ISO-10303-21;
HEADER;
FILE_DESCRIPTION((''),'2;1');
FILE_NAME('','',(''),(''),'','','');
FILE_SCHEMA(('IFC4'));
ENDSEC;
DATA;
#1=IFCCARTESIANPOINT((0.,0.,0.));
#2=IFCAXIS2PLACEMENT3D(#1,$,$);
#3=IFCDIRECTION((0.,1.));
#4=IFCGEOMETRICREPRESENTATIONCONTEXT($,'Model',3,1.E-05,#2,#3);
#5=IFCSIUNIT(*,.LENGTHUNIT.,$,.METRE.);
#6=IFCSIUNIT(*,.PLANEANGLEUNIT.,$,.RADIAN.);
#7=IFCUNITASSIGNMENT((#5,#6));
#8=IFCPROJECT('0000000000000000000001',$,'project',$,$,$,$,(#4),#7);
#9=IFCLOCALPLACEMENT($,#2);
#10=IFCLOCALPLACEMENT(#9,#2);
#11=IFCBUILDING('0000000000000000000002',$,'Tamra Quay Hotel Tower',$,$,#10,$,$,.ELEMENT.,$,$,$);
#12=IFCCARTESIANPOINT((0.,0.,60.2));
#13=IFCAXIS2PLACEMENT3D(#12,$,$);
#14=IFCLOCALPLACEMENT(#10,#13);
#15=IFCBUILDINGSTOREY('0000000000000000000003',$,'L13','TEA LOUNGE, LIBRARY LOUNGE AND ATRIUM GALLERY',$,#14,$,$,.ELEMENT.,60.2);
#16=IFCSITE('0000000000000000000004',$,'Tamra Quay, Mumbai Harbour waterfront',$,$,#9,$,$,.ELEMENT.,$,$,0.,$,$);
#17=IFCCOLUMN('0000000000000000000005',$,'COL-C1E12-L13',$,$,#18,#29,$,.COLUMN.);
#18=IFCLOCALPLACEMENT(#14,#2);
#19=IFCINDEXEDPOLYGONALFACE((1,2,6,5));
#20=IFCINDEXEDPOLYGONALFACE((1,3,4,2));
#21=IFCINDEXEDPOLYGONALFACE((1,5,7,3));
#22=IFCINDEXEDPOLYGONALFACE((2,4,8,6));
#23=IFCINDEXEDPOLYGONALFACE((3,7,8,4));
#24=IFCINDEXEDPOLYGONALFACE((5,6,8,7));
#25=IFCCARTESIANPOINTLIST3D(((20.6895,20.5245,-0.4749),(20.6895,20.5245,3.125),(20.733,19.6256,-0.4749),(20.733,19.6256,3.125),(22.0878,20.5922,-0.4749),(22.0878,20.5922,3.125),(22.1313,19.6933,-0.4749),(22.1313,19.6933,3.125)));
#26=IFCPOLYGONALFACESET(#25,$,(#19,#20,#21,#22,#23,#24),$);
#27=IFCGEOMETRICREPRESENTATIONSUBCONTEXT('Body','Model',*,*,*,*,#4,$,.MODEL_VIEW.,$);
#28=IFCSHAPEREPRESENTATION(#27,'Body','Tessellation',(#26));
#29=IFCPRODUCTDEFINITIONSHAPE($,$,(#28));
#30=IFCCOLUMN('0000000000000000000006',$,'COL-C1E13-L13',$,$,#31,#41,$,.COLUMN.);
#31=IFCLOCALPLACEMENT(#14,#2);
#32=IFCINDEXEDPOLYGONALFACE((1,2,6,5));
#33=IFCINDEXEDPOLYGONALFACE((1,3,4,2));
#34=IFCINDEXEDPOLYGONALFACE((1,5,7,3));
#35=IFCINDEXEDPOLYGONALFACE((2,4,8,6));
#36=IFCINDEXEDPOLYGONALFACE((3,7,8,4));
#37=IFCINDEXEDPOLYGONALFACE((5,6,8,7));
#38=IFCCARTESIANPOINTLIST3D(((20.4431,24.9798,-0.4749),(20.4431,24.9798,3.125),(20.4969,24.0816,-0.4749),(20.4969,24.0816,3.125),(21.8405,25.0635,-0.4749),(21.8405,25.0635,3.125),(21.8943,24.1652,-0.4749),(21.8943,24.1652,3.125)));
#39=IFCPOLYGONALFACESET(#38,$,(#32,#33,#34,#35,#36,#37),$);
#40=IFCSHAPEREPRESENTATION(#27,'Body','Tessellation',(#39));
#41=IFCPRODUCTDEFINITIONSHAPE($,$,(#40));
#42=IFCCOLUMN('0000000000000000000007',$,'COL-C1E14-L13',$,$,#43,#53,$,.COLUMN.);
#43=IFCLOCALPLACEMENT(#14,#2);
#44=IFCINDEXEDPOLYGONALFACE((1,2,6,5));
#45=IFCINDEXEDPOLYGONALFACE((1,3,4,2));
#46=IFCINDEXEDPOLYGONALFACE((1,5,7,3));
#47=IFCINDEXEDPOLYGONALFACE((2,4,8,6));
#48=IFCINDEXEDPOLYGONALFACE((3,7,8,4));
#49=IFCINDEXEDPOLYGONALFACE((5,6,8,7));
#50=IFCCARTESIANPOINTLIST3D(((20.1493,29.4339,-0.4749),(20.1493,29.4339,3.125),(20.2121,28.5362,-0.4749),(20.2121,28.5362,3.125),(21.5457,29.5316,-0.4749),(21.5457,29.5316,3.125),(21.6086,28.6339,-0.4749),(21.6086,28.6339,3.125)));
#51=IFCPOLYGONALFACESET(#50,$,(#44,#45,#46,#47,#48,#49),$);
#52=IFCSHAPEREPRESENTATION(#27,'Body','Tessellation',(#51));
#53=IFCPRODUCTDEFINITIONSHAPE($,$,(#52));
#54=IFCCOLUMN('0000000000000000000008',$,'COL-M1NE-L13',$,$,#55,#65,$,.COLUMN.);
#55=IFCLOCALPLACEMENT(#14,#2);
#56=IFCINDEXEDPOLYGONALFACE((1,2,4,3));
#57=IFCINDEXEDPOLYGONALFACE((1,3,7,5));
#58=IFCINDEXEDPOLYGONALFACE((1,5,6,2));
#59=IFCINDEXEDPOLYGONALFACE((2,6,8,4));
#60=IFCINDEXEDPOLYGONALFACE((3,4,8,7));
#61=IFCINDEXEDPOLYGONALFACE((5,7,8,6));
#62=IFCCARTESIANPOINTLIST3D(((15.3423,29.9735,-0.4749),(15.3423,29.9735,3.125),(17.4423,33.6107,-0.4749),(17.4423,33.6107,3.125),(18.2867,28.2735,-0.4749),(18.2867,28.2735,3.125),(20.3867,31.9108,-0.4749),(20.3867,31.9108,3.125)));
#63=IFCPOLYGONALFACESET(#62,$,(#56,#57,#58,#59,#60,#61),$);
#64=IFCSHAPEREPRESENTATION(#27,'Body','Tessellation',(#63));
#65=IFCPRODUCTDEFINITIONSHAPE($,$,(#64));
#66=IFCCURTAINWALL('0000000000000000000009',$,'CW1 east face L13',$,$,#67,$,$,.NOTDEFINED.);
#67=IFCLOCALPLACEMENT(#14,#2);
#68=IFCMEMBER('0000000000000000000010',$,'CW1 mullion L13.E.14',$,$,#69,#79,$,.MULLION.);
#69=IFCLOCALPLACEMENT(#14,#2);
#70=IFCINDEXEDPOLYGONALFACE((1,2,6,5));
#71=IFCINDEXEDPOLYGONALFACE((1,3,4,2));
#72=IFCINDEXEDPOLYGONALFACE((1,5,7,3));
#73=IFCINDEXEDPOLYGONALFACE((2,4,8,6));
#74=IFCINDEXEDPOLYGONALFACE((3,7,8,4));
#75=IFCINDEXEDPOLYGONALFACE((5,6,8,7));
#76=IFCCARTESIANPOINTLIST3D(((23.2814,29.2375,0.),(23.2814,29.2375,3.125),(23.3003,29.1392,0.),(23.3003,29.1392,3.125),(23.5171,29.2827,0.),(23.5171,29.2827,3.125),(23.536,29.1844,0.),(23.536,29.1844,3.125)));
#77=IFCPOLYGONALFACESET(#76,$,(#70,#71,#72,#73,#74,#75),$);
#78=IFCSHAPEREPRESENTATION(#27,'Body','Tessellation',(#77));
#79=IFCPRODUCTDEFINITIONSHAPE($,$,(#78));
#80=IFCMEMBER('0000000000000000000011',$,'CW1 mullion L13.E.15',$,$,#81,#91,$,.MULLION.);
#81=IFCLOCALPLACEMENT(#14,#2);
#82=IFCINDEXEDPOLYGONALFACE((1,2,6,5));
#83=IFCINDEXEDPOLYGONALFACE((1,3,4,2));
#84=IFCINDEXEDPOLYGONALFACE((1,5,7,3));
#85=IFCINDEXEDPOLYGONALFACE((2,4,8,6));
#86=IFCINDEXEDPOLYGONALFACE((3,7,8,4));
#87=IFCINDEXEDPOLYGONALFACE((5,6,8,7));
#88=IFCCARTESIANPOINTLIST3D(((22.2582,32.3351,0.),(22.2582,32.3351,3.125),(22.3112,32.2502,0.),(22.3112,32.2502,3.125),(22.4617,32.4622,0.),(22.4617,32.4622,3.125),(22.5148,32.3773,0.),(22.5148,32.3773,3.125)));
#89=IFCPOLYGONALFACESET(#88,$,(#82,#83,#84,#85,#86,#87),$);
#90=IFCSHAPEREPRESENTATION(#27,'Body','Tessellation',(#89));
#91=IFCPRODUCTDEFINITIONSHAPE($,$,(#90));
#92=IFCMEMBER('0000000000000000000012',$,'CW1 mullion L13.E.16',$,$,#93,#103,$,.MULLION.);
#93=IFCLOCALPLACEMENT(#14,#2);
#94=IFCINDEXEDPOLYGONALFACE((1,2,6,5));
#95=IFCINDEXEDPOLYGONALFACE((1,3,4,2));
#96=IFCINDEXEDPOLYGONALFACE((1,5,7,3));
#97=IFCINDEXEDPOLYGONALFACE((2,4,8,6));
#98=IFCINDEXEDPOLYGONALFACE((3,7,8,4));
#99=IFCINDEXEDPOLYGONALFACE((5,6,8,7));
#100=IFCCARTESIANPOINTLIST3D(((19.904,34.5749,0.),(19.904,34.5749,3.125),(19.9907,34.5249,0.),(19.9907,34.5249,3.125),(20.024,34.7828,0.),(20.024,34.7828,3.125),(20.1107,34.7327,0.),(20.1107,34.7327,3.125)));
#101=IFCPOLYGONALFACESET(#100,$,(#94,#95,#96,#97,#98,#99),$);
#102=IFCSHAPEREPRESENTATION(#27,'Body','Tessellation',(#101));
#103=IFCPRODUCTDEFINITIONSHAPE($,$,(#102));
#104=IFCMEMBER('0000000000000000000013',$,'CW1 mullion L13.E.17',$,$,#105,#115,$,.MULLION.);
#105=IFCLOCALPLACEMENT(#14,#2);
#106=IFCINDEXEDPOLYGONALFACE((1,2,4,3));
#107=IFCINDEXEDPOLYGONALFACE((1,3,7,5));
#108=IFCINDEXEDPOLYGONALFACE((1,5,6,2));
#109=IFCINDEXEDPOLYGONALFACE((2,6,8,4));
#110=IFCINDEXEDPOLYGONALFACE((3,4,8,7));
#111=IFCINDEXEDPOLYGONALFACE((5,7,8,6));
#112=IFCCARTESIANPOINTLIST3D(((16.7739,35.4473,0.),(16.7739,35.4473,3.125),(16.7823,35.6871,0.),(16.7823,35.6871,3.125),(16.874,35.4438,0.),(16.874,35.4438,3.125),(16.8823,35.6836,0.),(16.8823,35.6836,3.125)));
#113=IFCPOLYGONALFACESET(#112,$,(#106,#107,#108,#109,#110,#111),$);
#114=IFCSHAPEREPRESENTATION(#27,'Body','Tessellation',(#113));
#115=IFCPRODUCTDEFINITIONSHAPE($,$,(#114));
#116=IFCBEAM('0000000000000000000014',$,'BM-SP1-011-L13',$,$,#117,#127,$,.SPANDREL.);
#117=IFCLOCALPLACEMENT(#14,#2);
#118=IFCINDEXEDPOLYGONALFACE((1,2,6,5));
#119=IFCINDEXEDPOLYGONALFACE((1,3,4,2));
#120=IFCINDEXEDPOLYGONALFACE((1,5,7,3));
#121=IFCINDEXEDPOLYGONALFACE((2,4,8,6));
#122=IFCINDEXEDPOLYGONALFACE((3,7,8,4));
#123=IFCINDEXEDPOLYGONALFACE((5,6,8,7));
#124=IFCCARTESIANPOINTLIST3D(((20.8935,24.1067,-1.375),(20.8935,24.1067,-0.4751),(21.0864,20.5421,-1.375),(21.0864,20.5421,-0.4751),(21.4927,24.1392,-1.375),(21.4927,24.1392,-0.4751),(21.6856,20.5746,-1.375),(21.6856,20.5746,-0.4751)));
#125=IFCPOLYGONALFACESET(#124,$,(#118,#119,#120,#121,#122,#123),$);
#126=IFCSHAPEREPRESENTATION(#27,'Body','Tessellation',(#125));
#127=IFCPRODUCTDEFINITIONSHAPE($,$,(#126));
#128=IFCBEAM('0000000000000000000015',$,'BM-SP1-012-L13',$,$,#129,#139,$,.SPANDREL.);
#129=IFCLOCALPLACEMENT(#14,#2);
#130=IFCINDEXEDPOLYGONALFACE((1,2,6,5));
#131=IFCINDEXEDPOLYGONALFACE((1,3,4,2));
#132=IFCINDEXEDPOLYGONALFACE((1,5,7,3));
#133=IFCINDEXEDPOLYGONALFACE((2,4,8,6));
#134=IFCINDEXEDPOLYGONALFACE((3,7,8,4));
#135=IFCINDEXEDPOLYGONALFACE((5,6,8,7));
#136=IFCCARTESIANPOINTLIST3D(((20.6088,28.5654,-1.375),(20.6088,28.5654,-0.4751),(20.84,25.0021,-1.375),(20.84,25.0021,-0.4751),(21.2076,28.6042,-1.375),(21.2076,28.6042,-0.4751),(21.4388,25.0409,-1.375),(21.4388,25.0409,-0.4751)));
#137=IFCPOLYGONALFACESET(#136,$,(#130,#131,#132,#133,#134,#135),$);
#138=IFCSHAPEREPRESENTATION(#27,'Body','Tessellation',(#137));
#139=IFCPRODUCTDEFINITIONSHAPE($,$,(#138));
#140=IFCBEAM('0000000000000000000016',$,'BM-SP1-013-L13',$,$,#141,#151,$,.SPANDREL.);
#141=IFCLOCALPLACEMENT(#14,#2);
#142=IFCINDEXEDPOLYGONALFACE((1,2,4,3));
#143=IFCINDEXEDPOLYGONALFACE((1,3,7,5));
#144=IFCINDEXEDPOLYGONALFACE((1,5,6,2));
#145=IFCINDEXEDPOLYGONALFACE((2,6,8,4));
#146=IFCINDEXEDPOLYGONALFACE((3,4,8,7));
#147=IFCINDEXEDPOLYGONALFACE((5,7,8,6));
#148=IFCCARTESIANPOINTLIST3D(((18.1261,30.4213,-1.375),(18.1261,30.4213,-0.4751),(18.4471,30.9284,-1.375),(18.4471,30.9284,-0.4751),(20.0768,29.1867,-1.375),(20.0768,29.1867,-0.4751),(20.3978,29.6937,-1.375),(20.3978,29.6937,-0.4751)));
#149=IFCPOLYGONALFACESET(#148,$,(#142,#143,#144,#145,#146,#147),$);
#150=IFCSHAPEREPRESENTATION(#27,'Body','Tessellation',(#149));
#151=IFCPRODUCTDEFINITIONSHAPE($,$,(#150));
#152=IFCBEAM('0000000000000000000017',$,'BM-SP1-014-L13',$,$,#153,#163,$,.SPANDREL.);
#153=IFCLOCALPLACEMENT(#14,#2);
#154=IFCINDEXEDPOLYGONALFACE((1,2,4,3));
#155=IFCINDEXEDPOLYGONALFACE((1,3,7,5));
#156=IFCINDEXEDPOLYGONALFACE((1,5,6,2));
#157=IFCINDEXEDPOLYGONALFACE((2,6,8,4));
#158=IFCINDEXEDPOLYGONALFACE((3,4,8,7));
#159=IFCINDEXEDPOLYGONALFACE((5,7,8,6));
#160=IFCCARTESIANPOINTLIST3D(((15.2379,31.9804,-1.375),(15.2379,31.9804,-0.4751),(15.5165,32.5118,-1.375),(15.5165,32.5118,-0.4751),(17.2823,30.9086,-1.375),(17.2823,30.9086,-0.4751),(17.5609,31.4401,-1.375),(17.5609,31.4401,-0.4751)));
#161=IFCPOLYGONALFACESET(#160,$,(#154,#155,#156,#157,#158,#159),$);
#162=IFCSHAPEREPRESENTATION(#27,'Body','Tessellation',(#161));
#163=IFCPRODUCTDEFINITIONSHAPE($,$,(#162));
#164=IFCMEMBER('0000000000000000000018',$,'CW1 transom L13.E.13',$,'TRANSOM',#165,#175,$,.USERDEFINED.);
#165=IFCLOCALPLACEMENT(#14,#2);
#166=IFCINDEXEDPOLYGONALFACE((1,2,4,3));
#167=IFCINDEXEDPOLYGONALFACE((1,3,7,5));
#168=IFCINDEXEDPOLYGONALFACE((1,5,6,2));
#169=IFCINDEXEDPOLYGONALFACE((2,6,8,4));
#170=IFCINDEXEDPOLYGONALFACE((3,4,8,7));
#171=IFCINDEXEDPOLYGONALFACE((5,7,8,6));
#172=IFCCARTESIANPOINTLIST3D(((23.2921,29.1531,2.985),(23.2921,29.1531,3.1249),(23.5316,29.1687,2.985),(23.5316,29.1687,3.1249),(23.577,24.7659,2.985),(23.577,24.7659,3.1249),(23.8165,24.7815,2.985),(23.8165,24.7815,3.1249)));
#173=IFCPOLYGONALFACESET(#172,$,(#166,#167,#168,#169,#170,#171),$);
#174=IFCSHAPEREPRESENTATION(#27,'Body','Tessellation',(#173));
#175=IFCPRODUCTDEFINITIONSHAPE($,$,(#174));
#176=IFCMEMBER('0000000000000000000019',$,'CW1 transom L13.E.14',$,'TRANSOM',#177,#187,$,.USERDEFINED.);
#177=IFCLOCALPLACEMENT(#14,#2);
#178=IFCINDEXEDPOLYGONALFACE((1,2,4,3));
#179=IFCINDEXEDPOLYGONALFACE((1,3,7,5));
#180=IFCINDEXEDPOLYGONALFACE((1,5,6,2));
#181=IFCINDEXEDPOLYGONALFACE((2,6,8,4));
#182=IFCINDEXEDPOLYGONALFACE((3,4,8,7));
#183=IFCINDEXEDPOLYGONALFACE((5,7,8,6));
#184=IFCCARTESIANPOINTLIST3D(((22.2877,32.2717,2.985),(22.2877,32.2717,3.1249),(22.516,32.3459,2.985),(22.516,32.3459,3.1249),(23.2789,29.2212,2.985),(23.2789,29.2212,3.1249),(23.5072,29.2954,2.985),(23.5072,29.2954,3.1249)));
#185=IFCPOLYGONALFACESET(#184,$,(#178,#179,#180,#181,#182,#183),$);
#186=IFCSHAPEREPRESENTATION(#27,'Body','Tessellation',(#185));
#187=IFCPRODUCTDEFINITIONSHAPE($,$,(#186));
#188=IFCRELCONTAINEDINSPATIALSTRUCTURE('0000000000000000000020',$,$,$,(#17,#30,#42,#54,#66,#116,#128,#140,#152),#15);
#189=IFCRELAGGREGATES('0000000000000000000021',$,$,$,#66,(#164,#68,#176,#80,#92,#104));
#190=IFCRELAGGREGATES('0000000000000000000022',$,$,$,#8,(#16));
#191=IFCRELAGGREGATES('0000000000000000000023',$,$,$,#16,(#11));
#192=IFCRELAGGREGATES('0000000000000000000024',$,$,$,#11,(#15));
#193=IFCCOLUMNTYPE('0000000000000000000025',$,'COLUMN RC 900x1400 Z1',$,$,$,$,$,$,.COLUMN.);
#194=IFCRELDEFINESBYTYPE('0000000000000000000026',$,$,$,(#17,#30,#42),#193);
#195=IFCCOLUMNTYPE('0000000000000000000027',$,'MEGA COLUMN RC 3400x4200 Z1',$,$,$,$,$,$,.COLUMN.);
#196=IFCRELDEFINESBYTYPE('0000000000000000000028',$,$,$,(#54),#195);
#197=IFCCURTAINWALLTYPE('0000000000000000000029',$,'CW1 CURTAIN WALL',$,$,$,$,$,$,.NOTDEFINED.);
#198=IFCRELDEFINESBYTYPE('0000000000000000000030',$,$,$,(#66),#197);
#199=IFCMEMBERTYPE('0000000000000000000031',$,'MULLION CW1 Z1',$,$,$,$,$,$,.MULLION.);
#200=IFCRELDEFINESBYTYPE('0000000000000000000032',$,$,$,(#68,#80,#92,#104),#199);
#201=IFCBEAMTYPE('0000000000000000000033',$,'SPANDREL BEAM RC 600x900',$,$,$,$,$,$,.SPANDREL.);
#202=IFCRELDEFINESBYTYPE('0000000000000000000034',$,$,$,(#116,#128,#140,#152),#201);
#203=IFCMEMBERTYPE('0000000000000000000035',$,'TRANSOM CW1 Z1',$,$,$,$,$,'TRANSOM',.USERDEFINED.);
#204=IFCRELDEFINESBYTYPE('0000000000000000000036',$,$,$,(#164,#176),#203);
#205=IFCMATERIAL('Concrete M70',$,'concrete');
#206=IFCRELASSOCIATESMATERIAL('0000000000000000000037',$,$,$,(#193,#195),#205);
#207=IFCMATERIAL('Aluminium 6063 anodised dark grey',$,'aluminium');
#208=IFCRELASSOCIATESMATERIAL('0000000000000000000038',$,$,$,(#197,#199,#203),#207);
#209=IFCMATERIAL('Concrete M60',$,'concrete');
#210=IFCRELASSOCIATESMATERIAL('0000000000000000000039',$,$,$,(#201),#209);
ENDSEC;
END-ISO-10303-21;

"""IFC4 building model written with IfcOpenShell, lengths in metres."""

from ifc_helpers import new_model, si_unit, direction, frame, origin, origin_2d, place, context, subcontext, project, spatial, rectangle, extrude, material, material_profile, profile_set, type_object, element, aggregate, save


model = new_model("IFC4")

# Units and contexts
model_context = context("Model", 3, precision=1e-05, world=origin(), true_north=direction((0.0, 1.0)))
body_context = subcontext(model_context, "Body", "Model", "MODEL_VIEW")
ifc_project = project(units=[si_unit("LENGTHUNIT", "METRE"), si_unit("PLANEANGLEUNIT", "RADIAN")], contexts=[model_context])

# Site, building, storey
site_placement = place(None, origin())
site = spatial("IfcSite", under=ifc_project, at=site_placement, Name="Tamra Quay, Mumbai Harbour waterfront", CompositionType="ELEMENT", RefElevation=0.0)
building_placement = place(site_placement, origin())
building = spatial("IfcBuilding", under=site, at=building_placement, Name="Tamra Quay Hotel Tower", CompositionType="ELEMENT")
storey_placement = place(building_placement, frame((0.0, 0.0, 60.2)))
storey = spatial("IfcBuildingStorey", under=building, at=storey_placement, Name="L13", Description="TEA LOUNGE, LIBRARY LOUNGE AND ATRIUM GALLERY", CompositionType="ELEMENT", Elevation=60.2)

# Columns
ifc_material_1 = material(Name="Concrete M70", Category="concrete")
ifc_material_profile_1 = material_profile(ifc_material_1, rectangle(XDim=1.3999, YDim=0.8999, at=origin_2d()), Name="COLUMN RC 900x1400 Z1")
ifc_profile_set_1 = profile_set([ifc_material_profile_1], Name="Concrete M70")
column_type_1 = type_object("IfcColumnType", Name="COLUMN RC 900x1400 Z1", PredefinedType="COLUMN", material=ifc_profile_set_1)
for number, where, z_axis, x_axis, name in (
    (1, (21.4104, 20.1089, -0.4749), (0.0, 0.0, 1.0), (0.998831, 0.048344, 0.0), "COL-C1E12-L13"),
    (2, (21.1687, 24.5725, -0.4749), (0.0, 0.0, 1.0), (0.998214, 0.059733, 0.0), "COL-C1E13-L13"),
    (3, (20.8789, 29.0339, -0.4749), (0.0, 0.0, 1.0), (0.997562, 0.06979, 0.0), "COL-C1E14-L13"),
):
    element("IfcColumn", number, at=place(storey_placement, frame(where, z_axis=z_axis, x_axis=x_axis)), inside=storey, type_object=column_type_1, Name=name, PredefinedType="COLUMN", context=body_context, shape_type="SweptSolid", body=[
        extrude(rectangle(XDim=1.3999, YDim=0.8999, at=origin_2d()), origin(), (0.0, 0.0, 1.0), 3.5999),
    ])
ifc_material_profile_2 = material_profile(ifc_material_1, rectangle(XDim=4.2, YDim=3.3999, at=origin_2d()), Name="MEGA COLUMN RC 3400x4200 Z1")
ifc_profile_set_2 = profile_set([ifc_material_profile_2], Name="Concrete M70")
column_type_2 = type_object("IfcColumnType", Name="MEGA COLUMN RC 3400x4200 Z1", PredefinedType="COLUMN", material=ifc_profile_set_2)
column_placement = place(storey_placement, frame((17.8645, 30.9421, -0.4749), z_axis=(0.0, 0.0, 1.0), x_axis=(0.5, 0.866025, 0.0)))
element("IfcColumn", 4, at=column_placement, inside=storey, type_object=column_type_2, Name="COL-M1NE-L13", PredefinedType="COLUMN", context=body_context, shape_type="SweptSolid", body=[
    extrude(rectangle(XDim=4.2, YDim=3.3999, at=origin_2d()), origin(), (0.0, 0.0, 1.0), 3.5999),
])

# Curtain wall, members
ifc_material_2 = material(Name="Aluminium 6063 anodised dark grey", Category="aluminium")
curtain_wall_type = type_object("IfcCurtainWallType", Name="CW1 CURTAIN WALL", PredefinedType="NOTDEFINED", material=ifc_material_2)
curtain_wall_placement = place(storey_placement, origin())
curtain_wall = element("IfcCurtainWall", 5, at=curtain_wall_placement, inside=storey, type_object=curtain_wall_type, Name="CW1 east face L13", PredefinedType="NOTDEFINED")
ifc_material_profile_3 = material_profile(ifc_material_2, rectangle(XDim=0.24, YDim=0.1001, at=origin_2d()), Name="MULLION 100X240")
ifc_profile_set_3 = profile_set([ifc_material_profile_3], Name="Aluminium 6063 anodised dark grey")
member_type_1 = type_object("IfcMemberType", Name="MULLION CW1 Z1", PredefinedType="MULLION", material=ifc_profile_set_3)
member_1_placement = place(storey_placement, frame((23.4087, 29.2109, 0.0), z_axis=(0.0, 0.0, 1.0), x_axis=(0.982095, 0.188389, 0.0)))
member_1 = element("IfcMember", 6, at=member_1_placement, type_object=member_type_1, Name="CW1 mullion L13.E.14", PredefinedType="MULLION", context=body_context, shape_type="SweptSolid", body=[
    extrude(rectangle(XDim=0.24, YDim=0.1001, at=origin_2d()), origin(), (0.0, 0.0, 1.0), 3.125),
])
member_2_placement = place(storey_placement, frame((22.3865, 32.3562, 0.0), z_axis=(0.0, 0.0, 1.0), x_axis=(0.848039, 0.529933, 0.0)))
member_2 = element("IfcMember", 7, at=member_2_placement, type_object=member_type_1, Name="CW1 mullion L13.E.15", PredefinedType="MULLION", context=body_context, shape_type="SweptSolid", body=[
    extrude(rectangle(XDim=0.24, YDim=0.1001, at=origin_2d()), origin(), (0.0, 0.0, 1.0), 3.125),
])
member_3_placement = place(storey_placement, frame((20.0073, 34.6538, 0.0), z_axis=(0.0, 0.0, 1.0), x_axis=(0.5, 0.866025, 0.0)))
member_3 = element("IfcMember", 8, at=member_3_placement, type_object=member_type_1, Name="CW1 mullion L13.E.16", PredefinedType="MULLION", context=body_context, shape_type="SweptSolid", body=[
    extrude(rectangle(XDim=0.24, YDim=0.1001, at=origin_2d()), origin(), (0.0, 0.0, 1.0), 3.125),
])
member_4_placement = place(storey_placement, frame((16.8281, 35.5654, 0.0), z_axis=(0.0, 0.0, 1.0), x_axis=(0.034916, 0.99939, 0.0)))
member_4 = element("IfcMember", 9, at=member_4_placement, type_object=member_type_1, Name="CW1 mullion L13.E.17", PredefinedType="MULLION", context=body_context, shape_type="SweptSolid", body=[
    extrude(rectangle(XDim=0.24, YDim=0.1001, at=origin_2d()), origin(), (0.0, 0.0, 1.0), 3.125),
])

# Beams
ifc_material_3 = material(Name="Concrete M60", Category="concrete")
ifc_material_profile_4 = material_profile(ifc_material_3, rectangle(XDim=0.6001, YDim=0.8999, at=origin_2d()), Name="SPANDREL BEAM RC 600x900")
ifc_profile_set_4 = profile_set([ifc_material_profile_4], Name="Concrete M60")
beam_type = type_object("IfcBeamType", Name="SPANDREL BEAM RC 600x900", PredefinedType="SPANDREL", material=ifc_profile_set_4)
beam_1_placement = place(storey_placement, frame((21.386, 20.5583, -0.925), z_axis=(-0.054027, 0.998539, 0.0), x_axis=(-0.998539, -0.054027, 0.0)))
element("IfcBeam", 10, at=beam_1_placement, inside=storey, type_object=beam_type, Name="BM-SP1-011-L13", PredefinedType="SPANDREL", context=body_context, shape_type="SweptSolid", body=[
    extrude(rectangle(XDim=0.6001, YDim=0.8999, at=origin_2d()), origin(), (0.0, 0.0, 1.0), 3.5698),
])
beam_2_placement = place(storey_placement, frame((21.1394, 25.0215, -0.925), z_axis=(-0.064749, 0.997902, 0.0), x_axis=(-0.997902, -0.064749, 0.0)))
element("IfcBeam", 11, at=beam_2_placement, inside=storey, type_object=beam_type, Name="BM-SP1-012-L13", PredefinedType="SPANDREL", context=body_context, shape_type="SweptSolid", body=[
    extrude(rectangle(XDim=0.6001, YDim=0.8999, at=origin_2d()), origin(), (0.0, 0.0, 1.0), 3.5708),
])
beam_3_placement = place(storey_placement, frame((20.2373, 29.4402, -0.925), z_axis=(-0.844978, 0.5348, 0.0), x_axis=(-0.5348, -0.844978, 0.0)))
element("IfcBeam", 12, at=beam_3_placement, inside=storey, type_object=beam_type, Name="BM-SP1-013-L13", PredefinedType="SPANDREL", context=body_context, shape_type="SweptSolid", body=[
    extrude(rectangle(XDim=0.6001, YDim=0.8999, at=origin_2d()), origin(), (0.0, 0.0, 1.0), 2.3086),
])
beam_4_placement = place(storey_placement, frame((17.4216, 31.1743, -0.925), z_axis=(-0.885674, 0.464307, 0.0), x_axis=(-0.464307, -0.885674, 0.0)))
element("IfcBeam", 13, at=beam_4_placement, inside=storey, type_object=beam_type, Name="BM-SP1-014-L13", PredefinedType="SPANDREL", context=body_context, shape_type="SweptSolid", body=[
    extrude(rectangle(XDim=0.6001, YDim=0.8999, at=origin_2d()), origin(), (0.0, 0.0, 1.0), 2.3083),
])

# Members
ifc_material_profile_5 = material_profile(ifc_material_2, rectangle(XDim=0.24, YDim=0.1399, at=origin_2d()), Name="TRANSOM 240X140")
ifc_profile_set_5 = profile_set([ifc_material_profile_5], Name="Aluminium 6063 anodised dark grey")
member_type_2 = type_object("IfcMemberType", Name="TRANSOM CW1 Z1", ElementType="TRANSOM", PredefinedType="USERDEFINED", material=ifc_profile_set_5)
member_5_placement = place(storey_placement, frame((23.6968, 24.7737, 3.0549), z_axis=(-0.064805, 0.997898, 0.0), x_axis=(-0.997898, -0.064805, 0.0)))
member_5 = element("IfcMember", 14, at=member_5_placement, type_object=member_type_2, Name="CW1 transom L13.E.13", ObjectType="TRANSOM", PredefinedType="USERDEFINED", context=body_context, shape_type="SweptSolid", body=[
    extrude(rectangle(XDim=0.24, YDim=0.1399, at=origin_2d()), origin(), (0.0, 0.0, 1.0), 4.3965),
])
member_6_placement = place(storey_placement, frame((23.3931, 29.2583, 3.0549), z_axis=(-0.309026, 0.951054, 0.0), x_axis=(-0.951054, -0.309026, 0.0)))
member_6 = element("IfcMember", 15, at=member_6_placement, type_object=member_type_2, Name="CW1 transom L13.E.14", ObjectType="TRANSOM", PredefinedType="USERDEFINED", context=body_context, shape_type="SweptSolid", body=[
    extrude(rectangle(XDim=0.24, YDim=0.1399, at=origin_2d()), origin(), (0.0, 0.0, 1.0), 3.2075),
])

aggregate(curtain_wall, [member_5, member_1, member_6, member_2, member_3, member_4])

save(model, "model.ifc")
